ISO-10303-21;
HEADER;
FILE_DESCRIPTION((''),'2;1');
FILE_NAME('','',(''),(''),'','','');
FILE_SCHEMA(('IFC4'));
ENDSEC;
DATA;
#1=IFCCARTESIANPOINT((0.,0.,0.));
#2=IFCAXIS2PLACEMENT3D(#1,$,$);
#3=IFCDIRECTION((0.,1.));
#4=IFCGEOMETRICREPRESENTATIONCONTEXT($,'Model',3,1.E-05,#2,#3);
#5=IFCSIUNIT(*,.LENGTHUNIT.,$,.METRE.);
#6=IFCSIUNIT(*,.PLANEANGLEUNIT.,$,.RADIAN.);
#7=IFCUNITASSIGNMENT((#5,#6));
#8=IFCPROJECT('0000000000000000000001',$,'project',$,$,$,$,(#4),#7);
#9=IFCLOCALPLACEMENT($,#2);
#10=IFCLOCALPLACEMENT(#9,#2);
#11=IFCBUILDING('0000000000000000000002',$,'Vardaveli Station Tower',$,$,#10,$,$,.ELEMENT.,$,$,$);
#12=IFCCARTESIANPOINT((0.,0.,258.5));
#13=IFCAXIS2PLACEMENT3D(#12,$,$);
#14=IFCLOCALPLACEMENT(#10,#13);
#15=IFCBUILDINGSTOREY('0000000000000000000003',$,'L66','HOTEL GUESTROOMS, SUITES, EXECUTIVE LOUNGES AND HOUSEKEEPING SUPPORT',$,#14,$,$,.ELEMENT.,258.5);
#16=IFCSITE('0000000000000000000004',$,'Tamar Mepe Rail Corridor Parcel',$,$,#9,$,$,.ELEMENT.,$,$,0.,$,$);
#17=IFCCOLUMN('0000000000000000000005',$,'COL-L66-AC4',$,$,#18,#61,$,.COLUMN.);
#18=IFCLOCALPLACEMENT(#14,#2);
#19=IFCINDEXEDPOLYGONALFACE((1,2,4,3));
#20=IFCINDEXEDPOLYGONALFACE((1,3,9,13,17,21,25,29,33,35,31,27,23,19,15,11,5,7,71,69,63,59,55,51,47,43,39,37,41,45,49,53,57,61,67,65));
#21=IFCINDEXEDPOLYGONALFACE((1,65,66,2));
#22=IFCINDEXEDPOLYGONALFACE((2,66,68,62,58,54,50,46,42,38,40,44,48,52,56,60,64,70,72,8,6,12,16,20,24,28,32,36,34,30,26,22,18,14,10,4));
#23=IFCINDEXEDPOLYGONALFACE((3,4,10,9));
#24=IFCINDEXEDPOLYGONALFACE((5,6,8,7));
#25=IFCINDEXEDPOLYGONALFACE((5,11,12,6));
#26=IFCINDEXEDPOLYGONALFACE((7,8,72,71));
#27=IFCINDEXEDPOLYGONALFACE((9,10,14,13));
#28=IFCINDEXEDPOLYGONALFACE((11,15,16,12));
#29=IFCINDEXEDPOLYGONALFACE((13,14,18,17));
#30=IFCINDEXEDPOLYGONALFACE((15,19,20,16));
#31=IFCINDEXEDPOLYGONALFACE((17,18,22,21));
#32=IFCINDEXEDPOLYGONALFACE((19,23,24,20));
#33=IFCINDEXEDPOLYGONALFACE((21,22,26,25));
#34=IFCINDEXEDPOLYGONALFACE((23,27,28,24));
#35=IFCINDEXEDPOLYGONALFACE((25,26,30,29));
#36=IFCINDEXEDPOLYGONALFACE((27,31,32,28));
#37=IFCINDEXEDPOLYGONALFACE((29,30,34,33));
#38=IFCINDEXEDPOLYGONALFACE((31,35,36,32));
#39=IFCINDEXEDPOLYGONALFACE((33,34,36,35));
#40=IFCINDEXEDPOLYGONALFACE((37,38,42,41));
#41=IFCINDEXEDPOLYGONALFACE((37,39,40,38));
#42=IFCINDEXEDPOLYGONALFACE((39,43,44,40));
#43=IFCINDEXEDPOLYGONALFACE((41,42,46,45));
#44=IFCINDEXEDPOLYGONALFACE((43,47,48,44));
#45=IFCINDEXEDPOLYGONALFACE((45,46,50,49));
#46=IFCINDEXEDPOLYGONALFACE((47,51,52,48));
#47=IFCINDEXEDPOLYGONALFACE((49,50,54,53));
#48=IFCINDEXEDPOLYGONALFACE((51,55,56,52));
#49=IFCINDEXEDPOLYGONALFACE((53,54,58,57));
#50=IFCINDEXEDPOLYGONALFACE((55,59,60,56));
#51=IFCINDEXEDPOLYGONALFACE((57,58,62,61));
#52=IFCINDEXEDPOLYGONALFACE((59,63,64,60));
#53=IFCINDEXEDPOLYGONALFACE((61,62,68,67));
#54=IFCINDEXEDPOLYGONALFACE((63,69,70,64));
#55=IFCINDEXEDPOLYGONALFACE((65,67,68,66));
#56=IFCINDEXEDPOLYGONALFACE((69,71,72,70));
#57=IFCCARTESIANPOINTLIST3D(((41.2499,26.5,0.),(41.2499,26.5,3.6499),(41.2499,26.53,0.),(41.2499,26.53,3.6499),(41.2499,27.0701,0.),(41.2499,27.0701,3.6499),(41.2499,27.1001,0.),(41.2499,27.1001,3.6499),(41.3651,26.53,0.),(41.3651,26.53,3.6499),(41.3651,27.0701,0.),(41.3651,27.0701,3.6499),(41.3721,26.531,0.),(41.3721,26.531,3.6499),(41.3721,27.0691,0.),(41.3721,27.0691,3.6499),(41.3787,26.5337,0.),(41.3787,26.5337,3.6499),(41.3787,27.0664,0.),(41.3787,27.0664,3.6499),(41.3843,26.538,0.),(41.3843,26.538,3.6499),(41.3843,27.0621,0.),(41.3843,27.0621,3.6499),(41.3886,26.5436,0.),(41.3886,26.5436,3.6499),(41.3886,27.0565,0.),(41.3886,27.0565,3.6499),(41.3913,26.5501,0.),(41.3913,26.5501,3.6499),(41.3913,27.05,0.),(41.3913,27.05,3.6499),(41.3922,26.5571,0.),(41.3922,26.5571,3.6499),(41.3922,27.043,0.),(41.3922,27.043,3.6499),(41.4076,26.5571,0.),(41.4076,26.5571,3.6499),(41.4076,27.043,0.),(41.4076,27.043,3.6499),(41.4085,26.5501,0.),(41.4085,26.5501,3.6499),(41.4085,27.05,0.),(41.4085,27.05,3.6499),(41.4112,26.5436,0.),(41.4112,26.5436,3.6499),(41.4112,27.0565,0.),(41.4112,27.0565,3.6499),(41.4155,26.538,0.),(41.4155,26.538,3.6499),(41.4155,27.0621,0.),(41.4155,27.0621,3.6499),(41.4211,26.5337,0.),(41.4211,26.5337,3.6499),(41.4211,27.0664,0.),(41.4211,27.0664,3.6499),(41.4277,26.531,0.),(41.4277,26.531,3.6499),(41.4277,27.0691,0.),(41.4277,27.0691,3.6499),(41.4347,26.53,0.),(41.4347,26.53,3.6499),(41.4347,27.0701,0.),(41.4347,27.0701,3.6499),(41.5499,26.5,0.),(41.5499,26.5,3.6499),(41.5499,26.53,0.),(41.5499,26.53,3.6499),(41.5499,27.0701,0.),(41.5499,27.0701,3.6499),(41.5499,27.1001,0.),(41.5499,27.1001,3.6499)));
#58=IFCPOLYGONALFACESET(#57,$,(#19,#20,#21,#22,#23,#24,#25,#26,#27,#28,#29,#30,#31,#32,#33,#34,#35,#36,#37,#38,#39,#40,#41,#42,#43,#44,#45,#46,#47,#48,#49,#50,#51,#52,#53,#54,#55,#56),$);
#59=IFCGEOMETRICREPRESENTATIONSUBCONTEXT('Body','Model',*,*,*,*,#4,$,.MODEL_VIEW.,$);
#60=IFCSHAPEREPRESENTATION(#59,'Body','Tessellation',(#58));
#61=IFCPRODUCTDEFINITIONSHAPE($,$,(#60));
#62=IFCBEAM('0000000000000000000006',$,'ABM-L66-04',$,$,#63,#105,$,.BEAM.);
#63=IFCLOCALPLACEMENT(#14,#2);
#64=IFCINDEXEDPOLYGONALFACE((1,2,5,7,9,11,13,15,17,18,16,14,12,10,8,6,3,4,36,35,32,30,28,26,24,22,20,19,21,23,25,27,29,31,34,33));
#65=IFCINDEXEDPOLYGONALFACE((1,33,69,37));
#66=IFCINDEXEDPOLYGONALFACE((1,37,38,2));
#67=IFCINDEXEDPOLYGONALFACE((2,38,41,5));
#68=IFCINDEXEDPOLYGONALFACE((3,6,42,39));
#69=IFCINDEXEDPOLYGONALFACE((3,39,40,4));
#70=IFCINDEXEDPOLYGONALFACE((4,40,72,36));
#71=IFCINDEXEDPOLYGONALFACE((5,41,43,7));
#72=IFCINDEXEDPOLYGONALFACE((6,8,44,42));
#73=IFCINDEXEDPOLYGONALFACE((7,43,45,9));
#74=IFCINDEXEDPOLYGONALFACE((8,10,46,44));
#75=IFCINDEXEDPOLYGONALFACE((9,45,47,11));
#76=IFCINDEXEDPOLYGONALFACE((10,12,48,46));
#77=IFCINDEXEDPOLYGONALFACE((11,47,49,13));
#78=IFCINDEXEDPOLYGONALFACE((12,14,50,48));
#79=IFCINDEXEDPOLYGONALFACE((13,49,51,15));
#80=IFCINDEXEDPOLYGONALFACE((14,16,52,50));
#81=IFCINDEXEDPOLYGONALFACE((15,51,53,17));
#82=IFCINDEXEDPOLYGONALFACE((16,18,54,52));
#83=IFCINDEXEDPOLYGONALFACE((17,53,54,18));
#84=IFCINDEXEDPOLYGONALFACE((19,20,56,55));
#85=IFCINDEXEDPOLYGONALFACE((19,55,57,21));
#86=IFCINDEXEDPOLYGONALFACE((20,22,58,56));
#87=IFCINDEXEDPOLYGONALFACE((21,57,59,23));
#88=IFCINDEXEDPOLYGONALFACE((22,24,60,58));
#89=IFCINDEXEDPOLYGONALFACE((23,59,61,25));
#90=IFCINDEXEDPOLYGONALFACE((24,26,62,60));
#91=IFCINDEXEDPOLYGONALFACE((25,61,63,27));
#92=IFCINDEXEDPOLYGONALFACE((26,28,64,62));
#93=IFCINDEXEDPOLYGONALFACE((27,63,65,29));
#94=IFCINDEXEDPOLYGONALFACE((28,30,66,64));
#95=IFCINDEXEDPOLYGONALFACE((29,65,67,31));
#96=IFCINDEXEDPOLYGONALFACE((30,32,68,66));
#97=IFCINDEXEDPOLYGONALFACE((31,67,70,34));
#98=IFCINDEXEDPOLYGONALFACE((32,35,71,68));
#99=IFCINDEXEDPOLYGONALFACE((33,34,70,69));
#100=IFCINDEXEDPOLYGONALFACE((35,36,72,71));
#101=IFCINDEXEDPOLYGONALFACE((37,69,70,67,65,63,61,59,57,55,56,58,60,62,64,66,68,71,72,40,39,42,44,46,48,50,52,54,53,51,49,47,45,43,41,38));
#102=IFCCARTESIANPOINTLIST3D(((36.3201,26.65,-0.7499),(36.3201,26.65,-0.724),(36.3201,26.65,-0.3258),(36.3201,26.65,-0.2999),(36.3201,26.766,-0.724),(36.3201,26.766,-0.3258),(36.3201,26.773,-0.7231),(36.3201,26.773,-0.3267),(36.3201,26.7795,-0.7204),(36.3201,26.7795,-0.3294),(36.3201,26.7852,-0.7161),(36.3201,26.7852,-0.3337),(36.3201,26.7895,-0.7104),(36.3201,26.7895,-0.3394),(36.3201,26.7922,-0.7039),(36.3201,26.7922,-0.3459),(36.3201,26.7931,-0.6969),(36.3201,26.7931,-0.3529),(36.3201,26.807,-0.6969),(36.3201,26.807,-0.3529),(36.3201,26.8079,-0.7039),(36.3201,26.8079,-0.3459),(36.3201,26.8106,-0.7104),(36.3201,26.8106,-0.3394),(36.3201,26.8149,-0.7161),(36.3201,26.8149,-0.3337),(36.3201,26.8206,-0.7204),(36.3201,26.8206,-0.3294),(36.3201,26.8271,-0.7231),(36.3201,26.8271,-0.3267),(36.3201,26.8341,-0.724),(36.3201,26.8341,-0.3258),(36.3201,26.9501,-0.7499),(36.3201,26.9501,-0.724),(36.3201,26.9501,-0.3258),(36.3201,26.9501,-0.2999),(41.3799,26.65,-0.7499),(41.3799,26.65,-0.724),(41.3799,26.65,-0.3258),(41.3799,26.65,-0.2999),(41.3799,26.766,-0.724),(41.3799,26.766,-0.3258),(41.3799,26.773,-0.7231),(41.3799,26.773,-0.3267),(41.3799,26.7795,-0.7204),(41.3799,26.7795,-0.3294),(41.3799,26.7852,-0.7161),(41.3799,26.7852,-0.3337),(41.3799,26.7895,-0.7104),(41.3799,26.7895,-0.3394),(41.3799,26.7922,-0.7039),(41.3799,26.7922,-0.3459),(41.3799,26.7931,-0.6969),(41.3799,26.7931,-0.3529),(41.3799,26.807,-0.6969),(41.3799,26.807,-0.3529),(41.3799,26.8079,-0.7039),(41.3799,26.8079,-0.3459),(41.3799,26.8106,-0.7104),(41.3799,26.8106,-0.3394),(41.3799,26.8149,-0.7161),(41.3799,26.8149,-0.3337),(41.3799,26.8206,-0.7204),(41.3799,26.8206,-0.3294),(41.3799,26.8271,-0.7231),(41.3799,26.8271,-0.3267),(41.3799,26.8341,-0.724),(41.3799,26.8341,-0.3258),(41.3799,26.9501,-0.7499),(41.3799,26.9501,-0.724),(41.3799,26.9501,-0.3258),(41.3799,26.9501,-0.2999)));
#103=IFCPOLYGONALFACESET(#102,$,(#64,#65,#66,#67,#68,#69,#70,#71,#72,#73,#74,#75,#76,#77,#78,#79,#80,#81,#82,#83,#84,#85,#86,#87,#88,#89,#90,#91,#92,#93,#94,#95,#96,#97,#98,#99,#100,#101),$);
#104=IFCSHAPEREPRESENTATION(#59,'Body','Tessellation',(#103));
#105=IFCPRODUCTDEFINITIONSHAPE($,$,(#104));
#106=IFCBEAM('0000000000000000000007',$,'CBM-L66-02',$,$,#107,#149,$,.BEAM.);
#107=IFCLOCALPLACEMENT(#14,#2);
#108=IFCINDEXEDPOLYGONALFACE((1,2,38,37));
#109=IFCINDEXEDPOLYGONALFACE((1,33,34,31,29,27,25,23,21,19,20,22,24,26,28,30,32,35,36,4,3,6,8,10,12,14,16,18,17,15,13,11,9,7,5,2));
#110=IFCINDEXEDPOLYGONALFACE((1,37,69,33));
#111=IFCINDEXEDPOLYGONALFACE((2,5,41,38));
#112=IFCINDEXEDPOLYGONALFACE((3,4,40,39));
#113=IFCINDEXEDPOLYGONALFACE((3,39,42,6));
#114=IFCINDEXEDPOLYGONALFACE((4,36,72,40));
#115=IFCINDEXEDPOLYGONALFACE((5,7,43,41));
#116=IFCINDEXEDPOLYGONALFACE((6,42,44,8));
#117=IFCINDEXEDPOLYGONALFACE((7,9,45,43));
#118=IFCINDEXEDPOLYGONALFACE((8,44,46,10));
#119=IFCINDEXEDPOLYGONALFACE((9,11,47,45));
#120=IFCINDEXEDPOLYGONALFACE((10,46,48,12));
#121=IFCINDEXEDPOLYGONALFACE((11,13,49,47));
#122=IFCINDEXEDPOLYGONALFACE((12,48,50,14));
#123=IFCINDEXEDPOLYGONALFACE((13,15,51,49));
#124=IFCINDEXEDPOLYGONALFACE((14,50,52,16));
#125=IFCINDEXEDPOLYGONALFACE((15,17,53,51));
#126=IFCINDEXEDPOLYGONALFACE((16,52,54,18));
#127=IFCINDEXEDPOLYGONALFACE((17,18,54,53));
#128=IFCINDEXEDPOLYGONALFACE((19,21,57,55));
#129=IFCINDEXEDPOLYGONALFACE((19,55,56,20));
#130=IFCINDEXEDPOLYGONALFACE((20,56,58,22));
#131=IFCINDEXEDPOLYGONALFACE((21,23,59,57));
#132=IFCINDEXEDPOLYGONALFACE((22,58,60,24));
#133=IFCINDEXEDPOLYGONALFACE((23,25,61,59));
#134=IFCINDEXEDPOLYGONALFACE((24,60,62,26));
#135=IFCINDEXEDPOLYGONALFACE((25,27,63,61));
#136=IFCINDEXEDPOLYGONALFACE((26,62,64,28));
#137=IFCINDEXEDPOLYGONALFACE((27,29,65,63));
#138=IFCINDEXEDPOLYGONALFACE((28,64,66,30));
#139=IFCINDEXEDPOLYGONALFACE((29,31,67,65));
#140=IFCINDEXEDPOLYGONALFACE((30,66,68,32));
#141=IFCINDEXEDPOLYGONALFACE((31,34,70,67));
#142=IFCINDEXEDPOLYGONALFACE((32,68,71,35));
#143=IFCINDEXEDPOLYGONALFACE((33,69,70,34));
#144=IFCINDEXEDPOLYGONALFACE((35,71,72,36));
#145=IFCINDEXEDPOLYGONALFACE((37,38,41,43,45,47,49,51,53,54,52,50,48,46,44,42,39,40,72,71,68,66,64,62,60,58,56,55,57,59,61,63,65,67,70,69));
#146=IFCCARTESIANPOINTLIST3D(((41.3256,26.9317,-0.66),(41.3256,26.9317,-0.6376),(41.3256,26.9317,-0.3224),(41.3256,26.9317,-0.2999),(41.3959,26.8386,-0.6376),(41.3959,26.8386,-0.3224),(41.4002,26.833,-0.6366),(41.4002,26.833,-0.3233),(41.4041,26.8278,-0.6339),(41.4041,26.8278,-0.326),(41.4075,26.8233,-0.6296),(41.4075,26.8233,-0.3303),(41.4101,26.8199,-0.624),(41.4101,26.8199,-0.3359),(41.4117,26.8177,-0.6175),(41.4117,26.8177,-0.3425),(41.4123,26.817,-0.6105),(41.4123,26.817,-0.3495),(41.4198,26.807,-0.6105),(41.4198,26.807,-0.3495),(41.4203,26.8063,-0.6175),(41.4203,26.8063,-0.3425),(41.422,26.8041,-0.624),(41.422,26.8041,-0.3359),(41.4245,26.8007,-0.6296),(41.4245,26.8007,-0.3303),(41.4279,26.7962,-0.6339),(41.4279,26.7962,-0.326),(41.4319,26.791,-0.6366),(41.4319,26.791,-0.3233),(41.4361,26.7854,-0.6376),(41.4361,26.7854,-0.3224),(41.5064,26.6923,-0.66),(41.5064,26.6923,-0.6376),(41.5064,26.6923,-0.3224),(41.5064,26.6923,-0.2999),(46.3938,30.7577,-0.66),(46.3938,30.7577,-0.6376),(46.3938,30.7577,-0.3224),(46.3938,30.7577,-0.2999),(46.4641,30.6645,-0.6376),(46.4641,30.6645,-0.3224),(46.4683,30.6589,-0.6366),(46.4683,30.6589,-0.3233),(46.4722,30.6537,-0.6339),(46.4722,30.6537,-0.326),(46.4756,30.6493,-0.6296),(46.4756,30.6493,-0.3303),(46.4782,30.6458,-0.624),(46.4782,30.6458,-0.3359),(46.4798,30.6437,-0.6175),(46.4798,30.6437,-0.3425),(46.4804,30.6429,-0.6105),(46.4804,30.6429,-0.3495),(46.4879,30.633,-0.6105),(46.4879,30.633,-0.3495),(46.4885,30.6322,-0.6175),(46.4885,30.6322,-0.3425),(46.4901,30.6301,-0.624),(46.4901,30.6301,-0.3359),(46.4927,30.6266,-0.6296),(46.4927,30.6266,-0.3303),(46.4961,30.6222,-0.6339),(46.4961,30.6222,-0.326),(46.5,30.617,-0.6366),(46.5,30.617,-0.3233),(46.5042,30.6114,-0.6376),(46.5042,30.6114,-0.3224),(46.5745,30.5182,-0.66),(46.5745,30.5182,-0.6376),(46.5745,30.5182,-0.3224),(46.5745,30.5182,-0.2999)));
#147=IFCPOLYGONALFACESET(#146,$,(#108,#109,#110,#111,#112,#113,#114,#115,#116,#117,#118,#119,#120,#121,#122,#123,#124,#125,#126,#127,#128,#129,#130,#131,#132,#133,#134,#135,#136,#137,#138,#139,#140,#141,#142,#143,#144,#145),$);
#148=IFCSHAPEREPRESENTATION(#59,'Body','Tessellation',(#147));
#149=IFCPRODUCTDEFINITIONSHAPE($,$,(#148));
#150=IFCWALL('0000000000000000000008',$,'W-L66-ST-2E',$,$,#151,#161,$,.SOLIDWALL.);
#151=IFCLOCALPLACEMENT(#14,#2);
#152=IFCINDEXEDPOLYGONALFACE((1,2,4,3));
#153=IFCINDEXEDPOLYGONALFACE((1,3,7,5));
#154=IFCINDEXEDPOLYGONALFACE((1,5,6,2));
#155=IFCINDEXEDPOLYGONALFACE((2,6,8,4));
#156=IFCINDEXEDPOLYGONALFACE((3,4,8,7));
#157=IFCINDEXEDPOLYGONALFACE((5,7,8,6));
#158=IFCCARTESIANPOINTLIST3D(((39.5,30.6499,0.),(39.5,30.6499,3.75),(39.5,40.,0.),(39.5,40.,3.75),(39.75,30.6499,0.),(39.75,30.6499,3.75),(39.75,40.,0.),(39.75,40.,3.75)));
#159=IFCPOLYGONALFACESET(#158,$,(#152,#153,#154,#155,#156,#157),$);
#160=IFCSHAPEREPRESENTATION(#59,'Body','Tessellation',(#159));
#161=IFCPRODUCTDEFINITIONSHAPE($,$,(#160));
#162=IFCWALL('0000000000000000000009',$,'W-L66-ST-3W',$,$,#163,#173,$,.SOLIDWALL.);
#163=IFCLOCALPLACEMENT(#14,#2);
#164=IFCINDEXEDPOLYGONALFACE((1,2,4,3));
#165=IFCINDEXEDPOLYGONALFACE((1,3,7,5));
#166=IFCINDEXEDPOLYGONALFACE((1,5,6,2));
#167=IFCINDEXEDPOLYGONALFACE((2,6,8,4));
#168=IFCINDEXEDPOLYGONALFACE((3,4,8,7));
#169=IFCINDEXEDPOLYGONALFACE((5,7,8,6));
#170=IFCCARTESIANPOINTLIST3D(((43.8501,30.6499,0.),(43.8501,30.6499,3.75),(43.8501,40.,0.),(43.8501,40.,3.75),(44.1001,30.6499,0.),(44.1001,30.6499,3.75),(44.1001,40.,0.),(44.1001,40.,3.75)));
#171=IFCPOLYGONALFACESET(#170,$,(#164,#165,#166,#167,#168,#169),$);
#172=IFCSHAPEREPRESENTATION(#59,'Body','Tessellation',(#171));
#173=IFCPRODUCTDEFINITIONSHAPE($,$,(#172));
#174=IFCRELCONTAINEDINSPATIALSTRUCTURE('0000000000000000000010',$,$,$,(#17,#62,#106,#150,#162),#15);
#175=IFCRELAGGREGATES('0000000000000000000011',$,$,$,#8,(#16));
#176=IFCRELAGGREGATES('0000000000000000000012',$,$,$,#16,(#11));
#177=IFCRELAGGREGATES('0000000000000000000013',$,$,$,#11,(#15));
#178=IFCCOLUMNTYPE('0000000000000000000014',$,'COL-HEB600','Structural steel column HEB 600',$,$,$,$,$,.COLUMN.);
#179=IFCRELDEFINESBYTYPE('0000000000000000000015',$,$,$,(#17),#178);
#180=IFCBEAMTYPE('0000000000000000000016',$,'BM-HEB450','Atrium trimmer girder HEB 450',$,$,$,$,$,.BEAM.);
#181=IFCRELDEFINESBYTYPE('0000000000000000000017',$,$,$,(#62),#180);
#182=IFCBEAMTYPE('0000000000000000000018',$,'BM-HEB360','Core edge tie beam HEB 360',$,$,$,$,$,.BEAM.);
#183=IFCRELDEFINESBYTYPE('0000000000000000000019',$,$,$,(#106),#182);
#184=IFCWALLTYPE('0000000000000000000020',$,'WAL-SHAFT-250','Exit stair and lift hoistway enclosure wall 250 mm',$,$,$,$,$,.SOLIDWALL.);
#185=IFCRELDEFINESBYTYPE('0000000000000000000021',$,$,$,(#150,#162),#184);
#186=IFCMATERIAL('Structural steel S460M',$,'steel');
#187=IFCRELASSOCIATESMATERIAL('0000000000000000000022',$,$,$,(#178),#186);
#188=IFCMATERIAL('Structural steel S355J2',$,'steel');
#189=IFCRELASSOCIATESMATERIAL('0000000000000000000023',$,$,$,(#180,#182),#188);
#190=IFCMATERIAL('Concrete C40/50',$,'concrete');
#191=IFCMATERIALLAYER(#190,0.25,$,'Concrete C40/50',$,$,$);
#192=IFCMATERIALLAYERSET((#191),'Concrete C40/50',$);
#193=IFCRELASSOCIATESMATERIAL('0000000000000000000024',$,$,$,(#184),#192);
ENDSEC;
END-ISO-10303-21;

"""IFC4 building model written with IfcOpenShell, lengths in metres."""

from ifc_helpers import new_model, si_unit, direction, frame, frame_2d, origin, origin_2d, place, context, subcontext, project, spatial, rectangle, i_section, extrude, source, transform, mapped, material, layer, layer_set, material_profile, profile_set, type_object, element, save


model = new_model("IFC4")

# Units and contexts
model_context = context("Model", 3, precision=1e-05, world=origin(), true_north=direction((0.0, 1.0)))
body_context = subcontext(model_context, "Body", "Model", "MODEL_VIEW")
ifc_project = project(units=[si_unit("LENGTHUNIT", "METRE"), si_unit("PLANEANGLEUNIT", "RADIAN")], contexts=[model_context])

# Site, building, storey
site_placement = place(None, origin())
site = spatial("IfcSite", under=ifc_project, at=site_placement, Name="Tamar Mepe Rail Corridor Parcel", CompositionType="ELEMENT", RefElevation=0.0)
building_placement = place(site_placement, origin())
building = spatial("IfcBuilding", under=site, at=building_placement, Name="Vardaveli Station Tower", CompositionType="ELEMENT")
storey_placement = place(building_placement, frame((0.0, 0.0, 258.5)))
storey = spatial("IfcBuildingStorey", under=building, at=storey_placement, Name="L66", Description="HOTEL GUESTROOMS, SUITES, EXECUTIVE LOUNGES AND HOUSEKEEPING SUPPORT", CompositionType="ELEMENT", Elevation=258.5)

# Column
ifc_material_1 = material(Name="Structural steel S460M", Category="steel")
ifc_material_profile_1 = material_profile(ifc_material_1, i_section(OverallWidth=0.3, OverallDepth=0.6001, WebThickness=0.0154, FlangeThickness=0.03, FilletRadius=0.0271, at=origin_2d()), Name="HEB 600")
ifc_profile_set_1 = profile_set([ifc_material_profile_1], Name="Structural steel S460M")
column_type = type_object("IfcColumnType", Name="COL-HEB600", Description="Structural steel column HEB 600", PredefinedType="COLUMN", material=ifc_profile_set_1)
shared_shape_1 = source(origin(), body_context, "Body", "SweptSolid", [
    extrude(i_section(OverallWidth=0.3, OverallDepth=0.6001, WebThickness=0.0154, FlangeThickness=0.03, FilletRadius=0.0271, at=origin_2d()), origin(), (0.0, 0.0, 1.0), 3.6499),
])
column_placement = place(storey_placement, frame((41.3999, 26.8, 0.0), z_axis=(0.0, 0.0, 1.0), x_axis=(1.0, 0.0, 0.0)))
element("IfcColumn", 1, at=column_placement, inside=storey, type_object=column_type, Name="COL-L66-AC4", PredefinedType="COLUMN", context=body_context, shape_type="MappedRepresentation", body=[
    mapped(shared_shape_1, transform((0.0, 0.0, 0.0), scale=1.0)),
])

# Beams
ifc_material_2 = material(Name="Structural steel S355J2", Category="steel")
ifc_material_profile_2 = material_profile(ifc_material_2, i_section(OverallWidth=0.3, OverallDepth=0.45, WebThickness=0.0139, FlangeThickness=0.0259, FilletRadius=0.0271, at=origin_2d()), Name="HEB 450")
ifc_profile_set_2 = profile_set([ifc_material_profile_2], Name="Structural steel S355J2")
beam_type_1 = type_object("IfcBeamType", Name="BM-HEB450", Description="Atrium trimmer girder HEB 450", PredefinedType="BEAM", material=ifc_profile_set_2)
shared_shape_2 = source(origin(), body_context, "Body", "SweptSolid", [
    extrude(i_section(OverallWidth=0.3, OverallDepth=0.45, WebThickness=0.0139, FlangeThickness=0.0259, FilletRadius=0.0271, at=origin_2d()), origin(), (0.0, 0.0, 1.0), 5.0598),
])
beam_1_placement = place(storey_placement, frame((41.3799, 26.8, -0.5249), z_axis=(-1.0, 0.0, 0.0), x_axis=(0.0, -1.0, 0.0)))
element("IfcBeam", 2, at=beam_1_placement, inside=storey, type_object=beam_type_1, Name="ABM-L66-04", PredefinedType="BEAM", context=body_context, shape_type="MappedRepresentation", body=[
    mapped(shared_shape_2, transform((0.0, 0.0, 0.0), scale=1.0)),
])
ifc_material_profile_3 = material_profile(ifc_material_2, i_section(OverallWidth=0.3, OverallDepth=0.3601, WebThickness=0.0125, FlangeThickness=0.0225, FilletRadius=0.0271, at=origin_2d()), Name="HEB 360")
ifc_profile_set_3 = profile_set([ifc_material_profile_3], Name="Structural steel S355J2")
beam_type_2 = type_object("IfcBeamType", Name="BM-HEB360", Description="Core edge tie beam HEB 360", PredefinedType="BEAM", material=ifc_profile_set_3)
shared_shape_3 = source(origin(), body_context, "Body", "SweptSolid", [
    extrude(i_section(OverallWidth=0.3, OverallDepth=0.3601, WebThickness=0.0125, FlangeThickness=0.0225, FilletRadius=0.0271, at=origin_2d()), origin(), (0.0, 0.0, 1.0), 6.3501),
])
beam_2_placement = place(storey_placement, frame((41.416, 26.812, -0.48), z_axis=(0.798118, 0.602501, 0.0), x_axis=(-0.602501, 0.798118, 0.0)))
element("IfcBeam", 3, at=beam_2_placement, inside=storey, type_object=beam_type_2, Name="CBM-L66-02", PredefinedType="BEAM", context=body_context, shape_type="MappedRepresentation", body=[
    mapped(shared_shape_3, transform((0.0, 0.0, 0.0), scale=1.0)),
])

# Walls
ifc_material_3 = material(Name="Concrete C40/50", Category="concrete")
ifc_layer_1 = layer(ifc_material_3, 0.25, Name="Concrete C40/50")
ifc_layer_set_1 = layer_set([ifc_layer_1], Name="Concrete C40/50")
wall_type_1 = type_object("IfcWallType", Name="WAL-SHAFT-250", Description="Exit stair and lift hoistway enclosure wall 250 mm", PredefinedType="SOLIDWALL", material=ifc_layer_set_1)
shared_shape_4 = source(origin(), body_context, "Body", "SweptSolid", [
    extrude(rectangle(XDim=9.3501, YDim=0.25, at=frame_2d((4.675, 0.0))), origin(), (0.0, 0.0, 1.0), 3.75),
])
for number, where, z_axis, x_axis, name in (
    (4, (39.625, 30.6499, 0.0), (0.0, 0.0, 1.0), (0.0, 1.0, 0.0), "W-L66-ST-2E"),
    (5, (43.9751, 30.6499, 0.0), (0.0, 0.0, 1.0), (0.0, 1.0, 0.0), "W-L66-ST-3W"),
):
    element("IfcWall", number, at=place(storey_placement, frame(where, z_axis=z_axis, x_axis=x_axis)), inside=storey, type_object=wall_type_1, Name=name, PredefinedType="SOLIDWALL", context=body_context, shape_type="MappedRepresentation", body=[
        mapped(shared_shape_4, transform((0.0, 0.0, 0.0), scale=1.0)),
    ])

save(model, "model.ifc")
